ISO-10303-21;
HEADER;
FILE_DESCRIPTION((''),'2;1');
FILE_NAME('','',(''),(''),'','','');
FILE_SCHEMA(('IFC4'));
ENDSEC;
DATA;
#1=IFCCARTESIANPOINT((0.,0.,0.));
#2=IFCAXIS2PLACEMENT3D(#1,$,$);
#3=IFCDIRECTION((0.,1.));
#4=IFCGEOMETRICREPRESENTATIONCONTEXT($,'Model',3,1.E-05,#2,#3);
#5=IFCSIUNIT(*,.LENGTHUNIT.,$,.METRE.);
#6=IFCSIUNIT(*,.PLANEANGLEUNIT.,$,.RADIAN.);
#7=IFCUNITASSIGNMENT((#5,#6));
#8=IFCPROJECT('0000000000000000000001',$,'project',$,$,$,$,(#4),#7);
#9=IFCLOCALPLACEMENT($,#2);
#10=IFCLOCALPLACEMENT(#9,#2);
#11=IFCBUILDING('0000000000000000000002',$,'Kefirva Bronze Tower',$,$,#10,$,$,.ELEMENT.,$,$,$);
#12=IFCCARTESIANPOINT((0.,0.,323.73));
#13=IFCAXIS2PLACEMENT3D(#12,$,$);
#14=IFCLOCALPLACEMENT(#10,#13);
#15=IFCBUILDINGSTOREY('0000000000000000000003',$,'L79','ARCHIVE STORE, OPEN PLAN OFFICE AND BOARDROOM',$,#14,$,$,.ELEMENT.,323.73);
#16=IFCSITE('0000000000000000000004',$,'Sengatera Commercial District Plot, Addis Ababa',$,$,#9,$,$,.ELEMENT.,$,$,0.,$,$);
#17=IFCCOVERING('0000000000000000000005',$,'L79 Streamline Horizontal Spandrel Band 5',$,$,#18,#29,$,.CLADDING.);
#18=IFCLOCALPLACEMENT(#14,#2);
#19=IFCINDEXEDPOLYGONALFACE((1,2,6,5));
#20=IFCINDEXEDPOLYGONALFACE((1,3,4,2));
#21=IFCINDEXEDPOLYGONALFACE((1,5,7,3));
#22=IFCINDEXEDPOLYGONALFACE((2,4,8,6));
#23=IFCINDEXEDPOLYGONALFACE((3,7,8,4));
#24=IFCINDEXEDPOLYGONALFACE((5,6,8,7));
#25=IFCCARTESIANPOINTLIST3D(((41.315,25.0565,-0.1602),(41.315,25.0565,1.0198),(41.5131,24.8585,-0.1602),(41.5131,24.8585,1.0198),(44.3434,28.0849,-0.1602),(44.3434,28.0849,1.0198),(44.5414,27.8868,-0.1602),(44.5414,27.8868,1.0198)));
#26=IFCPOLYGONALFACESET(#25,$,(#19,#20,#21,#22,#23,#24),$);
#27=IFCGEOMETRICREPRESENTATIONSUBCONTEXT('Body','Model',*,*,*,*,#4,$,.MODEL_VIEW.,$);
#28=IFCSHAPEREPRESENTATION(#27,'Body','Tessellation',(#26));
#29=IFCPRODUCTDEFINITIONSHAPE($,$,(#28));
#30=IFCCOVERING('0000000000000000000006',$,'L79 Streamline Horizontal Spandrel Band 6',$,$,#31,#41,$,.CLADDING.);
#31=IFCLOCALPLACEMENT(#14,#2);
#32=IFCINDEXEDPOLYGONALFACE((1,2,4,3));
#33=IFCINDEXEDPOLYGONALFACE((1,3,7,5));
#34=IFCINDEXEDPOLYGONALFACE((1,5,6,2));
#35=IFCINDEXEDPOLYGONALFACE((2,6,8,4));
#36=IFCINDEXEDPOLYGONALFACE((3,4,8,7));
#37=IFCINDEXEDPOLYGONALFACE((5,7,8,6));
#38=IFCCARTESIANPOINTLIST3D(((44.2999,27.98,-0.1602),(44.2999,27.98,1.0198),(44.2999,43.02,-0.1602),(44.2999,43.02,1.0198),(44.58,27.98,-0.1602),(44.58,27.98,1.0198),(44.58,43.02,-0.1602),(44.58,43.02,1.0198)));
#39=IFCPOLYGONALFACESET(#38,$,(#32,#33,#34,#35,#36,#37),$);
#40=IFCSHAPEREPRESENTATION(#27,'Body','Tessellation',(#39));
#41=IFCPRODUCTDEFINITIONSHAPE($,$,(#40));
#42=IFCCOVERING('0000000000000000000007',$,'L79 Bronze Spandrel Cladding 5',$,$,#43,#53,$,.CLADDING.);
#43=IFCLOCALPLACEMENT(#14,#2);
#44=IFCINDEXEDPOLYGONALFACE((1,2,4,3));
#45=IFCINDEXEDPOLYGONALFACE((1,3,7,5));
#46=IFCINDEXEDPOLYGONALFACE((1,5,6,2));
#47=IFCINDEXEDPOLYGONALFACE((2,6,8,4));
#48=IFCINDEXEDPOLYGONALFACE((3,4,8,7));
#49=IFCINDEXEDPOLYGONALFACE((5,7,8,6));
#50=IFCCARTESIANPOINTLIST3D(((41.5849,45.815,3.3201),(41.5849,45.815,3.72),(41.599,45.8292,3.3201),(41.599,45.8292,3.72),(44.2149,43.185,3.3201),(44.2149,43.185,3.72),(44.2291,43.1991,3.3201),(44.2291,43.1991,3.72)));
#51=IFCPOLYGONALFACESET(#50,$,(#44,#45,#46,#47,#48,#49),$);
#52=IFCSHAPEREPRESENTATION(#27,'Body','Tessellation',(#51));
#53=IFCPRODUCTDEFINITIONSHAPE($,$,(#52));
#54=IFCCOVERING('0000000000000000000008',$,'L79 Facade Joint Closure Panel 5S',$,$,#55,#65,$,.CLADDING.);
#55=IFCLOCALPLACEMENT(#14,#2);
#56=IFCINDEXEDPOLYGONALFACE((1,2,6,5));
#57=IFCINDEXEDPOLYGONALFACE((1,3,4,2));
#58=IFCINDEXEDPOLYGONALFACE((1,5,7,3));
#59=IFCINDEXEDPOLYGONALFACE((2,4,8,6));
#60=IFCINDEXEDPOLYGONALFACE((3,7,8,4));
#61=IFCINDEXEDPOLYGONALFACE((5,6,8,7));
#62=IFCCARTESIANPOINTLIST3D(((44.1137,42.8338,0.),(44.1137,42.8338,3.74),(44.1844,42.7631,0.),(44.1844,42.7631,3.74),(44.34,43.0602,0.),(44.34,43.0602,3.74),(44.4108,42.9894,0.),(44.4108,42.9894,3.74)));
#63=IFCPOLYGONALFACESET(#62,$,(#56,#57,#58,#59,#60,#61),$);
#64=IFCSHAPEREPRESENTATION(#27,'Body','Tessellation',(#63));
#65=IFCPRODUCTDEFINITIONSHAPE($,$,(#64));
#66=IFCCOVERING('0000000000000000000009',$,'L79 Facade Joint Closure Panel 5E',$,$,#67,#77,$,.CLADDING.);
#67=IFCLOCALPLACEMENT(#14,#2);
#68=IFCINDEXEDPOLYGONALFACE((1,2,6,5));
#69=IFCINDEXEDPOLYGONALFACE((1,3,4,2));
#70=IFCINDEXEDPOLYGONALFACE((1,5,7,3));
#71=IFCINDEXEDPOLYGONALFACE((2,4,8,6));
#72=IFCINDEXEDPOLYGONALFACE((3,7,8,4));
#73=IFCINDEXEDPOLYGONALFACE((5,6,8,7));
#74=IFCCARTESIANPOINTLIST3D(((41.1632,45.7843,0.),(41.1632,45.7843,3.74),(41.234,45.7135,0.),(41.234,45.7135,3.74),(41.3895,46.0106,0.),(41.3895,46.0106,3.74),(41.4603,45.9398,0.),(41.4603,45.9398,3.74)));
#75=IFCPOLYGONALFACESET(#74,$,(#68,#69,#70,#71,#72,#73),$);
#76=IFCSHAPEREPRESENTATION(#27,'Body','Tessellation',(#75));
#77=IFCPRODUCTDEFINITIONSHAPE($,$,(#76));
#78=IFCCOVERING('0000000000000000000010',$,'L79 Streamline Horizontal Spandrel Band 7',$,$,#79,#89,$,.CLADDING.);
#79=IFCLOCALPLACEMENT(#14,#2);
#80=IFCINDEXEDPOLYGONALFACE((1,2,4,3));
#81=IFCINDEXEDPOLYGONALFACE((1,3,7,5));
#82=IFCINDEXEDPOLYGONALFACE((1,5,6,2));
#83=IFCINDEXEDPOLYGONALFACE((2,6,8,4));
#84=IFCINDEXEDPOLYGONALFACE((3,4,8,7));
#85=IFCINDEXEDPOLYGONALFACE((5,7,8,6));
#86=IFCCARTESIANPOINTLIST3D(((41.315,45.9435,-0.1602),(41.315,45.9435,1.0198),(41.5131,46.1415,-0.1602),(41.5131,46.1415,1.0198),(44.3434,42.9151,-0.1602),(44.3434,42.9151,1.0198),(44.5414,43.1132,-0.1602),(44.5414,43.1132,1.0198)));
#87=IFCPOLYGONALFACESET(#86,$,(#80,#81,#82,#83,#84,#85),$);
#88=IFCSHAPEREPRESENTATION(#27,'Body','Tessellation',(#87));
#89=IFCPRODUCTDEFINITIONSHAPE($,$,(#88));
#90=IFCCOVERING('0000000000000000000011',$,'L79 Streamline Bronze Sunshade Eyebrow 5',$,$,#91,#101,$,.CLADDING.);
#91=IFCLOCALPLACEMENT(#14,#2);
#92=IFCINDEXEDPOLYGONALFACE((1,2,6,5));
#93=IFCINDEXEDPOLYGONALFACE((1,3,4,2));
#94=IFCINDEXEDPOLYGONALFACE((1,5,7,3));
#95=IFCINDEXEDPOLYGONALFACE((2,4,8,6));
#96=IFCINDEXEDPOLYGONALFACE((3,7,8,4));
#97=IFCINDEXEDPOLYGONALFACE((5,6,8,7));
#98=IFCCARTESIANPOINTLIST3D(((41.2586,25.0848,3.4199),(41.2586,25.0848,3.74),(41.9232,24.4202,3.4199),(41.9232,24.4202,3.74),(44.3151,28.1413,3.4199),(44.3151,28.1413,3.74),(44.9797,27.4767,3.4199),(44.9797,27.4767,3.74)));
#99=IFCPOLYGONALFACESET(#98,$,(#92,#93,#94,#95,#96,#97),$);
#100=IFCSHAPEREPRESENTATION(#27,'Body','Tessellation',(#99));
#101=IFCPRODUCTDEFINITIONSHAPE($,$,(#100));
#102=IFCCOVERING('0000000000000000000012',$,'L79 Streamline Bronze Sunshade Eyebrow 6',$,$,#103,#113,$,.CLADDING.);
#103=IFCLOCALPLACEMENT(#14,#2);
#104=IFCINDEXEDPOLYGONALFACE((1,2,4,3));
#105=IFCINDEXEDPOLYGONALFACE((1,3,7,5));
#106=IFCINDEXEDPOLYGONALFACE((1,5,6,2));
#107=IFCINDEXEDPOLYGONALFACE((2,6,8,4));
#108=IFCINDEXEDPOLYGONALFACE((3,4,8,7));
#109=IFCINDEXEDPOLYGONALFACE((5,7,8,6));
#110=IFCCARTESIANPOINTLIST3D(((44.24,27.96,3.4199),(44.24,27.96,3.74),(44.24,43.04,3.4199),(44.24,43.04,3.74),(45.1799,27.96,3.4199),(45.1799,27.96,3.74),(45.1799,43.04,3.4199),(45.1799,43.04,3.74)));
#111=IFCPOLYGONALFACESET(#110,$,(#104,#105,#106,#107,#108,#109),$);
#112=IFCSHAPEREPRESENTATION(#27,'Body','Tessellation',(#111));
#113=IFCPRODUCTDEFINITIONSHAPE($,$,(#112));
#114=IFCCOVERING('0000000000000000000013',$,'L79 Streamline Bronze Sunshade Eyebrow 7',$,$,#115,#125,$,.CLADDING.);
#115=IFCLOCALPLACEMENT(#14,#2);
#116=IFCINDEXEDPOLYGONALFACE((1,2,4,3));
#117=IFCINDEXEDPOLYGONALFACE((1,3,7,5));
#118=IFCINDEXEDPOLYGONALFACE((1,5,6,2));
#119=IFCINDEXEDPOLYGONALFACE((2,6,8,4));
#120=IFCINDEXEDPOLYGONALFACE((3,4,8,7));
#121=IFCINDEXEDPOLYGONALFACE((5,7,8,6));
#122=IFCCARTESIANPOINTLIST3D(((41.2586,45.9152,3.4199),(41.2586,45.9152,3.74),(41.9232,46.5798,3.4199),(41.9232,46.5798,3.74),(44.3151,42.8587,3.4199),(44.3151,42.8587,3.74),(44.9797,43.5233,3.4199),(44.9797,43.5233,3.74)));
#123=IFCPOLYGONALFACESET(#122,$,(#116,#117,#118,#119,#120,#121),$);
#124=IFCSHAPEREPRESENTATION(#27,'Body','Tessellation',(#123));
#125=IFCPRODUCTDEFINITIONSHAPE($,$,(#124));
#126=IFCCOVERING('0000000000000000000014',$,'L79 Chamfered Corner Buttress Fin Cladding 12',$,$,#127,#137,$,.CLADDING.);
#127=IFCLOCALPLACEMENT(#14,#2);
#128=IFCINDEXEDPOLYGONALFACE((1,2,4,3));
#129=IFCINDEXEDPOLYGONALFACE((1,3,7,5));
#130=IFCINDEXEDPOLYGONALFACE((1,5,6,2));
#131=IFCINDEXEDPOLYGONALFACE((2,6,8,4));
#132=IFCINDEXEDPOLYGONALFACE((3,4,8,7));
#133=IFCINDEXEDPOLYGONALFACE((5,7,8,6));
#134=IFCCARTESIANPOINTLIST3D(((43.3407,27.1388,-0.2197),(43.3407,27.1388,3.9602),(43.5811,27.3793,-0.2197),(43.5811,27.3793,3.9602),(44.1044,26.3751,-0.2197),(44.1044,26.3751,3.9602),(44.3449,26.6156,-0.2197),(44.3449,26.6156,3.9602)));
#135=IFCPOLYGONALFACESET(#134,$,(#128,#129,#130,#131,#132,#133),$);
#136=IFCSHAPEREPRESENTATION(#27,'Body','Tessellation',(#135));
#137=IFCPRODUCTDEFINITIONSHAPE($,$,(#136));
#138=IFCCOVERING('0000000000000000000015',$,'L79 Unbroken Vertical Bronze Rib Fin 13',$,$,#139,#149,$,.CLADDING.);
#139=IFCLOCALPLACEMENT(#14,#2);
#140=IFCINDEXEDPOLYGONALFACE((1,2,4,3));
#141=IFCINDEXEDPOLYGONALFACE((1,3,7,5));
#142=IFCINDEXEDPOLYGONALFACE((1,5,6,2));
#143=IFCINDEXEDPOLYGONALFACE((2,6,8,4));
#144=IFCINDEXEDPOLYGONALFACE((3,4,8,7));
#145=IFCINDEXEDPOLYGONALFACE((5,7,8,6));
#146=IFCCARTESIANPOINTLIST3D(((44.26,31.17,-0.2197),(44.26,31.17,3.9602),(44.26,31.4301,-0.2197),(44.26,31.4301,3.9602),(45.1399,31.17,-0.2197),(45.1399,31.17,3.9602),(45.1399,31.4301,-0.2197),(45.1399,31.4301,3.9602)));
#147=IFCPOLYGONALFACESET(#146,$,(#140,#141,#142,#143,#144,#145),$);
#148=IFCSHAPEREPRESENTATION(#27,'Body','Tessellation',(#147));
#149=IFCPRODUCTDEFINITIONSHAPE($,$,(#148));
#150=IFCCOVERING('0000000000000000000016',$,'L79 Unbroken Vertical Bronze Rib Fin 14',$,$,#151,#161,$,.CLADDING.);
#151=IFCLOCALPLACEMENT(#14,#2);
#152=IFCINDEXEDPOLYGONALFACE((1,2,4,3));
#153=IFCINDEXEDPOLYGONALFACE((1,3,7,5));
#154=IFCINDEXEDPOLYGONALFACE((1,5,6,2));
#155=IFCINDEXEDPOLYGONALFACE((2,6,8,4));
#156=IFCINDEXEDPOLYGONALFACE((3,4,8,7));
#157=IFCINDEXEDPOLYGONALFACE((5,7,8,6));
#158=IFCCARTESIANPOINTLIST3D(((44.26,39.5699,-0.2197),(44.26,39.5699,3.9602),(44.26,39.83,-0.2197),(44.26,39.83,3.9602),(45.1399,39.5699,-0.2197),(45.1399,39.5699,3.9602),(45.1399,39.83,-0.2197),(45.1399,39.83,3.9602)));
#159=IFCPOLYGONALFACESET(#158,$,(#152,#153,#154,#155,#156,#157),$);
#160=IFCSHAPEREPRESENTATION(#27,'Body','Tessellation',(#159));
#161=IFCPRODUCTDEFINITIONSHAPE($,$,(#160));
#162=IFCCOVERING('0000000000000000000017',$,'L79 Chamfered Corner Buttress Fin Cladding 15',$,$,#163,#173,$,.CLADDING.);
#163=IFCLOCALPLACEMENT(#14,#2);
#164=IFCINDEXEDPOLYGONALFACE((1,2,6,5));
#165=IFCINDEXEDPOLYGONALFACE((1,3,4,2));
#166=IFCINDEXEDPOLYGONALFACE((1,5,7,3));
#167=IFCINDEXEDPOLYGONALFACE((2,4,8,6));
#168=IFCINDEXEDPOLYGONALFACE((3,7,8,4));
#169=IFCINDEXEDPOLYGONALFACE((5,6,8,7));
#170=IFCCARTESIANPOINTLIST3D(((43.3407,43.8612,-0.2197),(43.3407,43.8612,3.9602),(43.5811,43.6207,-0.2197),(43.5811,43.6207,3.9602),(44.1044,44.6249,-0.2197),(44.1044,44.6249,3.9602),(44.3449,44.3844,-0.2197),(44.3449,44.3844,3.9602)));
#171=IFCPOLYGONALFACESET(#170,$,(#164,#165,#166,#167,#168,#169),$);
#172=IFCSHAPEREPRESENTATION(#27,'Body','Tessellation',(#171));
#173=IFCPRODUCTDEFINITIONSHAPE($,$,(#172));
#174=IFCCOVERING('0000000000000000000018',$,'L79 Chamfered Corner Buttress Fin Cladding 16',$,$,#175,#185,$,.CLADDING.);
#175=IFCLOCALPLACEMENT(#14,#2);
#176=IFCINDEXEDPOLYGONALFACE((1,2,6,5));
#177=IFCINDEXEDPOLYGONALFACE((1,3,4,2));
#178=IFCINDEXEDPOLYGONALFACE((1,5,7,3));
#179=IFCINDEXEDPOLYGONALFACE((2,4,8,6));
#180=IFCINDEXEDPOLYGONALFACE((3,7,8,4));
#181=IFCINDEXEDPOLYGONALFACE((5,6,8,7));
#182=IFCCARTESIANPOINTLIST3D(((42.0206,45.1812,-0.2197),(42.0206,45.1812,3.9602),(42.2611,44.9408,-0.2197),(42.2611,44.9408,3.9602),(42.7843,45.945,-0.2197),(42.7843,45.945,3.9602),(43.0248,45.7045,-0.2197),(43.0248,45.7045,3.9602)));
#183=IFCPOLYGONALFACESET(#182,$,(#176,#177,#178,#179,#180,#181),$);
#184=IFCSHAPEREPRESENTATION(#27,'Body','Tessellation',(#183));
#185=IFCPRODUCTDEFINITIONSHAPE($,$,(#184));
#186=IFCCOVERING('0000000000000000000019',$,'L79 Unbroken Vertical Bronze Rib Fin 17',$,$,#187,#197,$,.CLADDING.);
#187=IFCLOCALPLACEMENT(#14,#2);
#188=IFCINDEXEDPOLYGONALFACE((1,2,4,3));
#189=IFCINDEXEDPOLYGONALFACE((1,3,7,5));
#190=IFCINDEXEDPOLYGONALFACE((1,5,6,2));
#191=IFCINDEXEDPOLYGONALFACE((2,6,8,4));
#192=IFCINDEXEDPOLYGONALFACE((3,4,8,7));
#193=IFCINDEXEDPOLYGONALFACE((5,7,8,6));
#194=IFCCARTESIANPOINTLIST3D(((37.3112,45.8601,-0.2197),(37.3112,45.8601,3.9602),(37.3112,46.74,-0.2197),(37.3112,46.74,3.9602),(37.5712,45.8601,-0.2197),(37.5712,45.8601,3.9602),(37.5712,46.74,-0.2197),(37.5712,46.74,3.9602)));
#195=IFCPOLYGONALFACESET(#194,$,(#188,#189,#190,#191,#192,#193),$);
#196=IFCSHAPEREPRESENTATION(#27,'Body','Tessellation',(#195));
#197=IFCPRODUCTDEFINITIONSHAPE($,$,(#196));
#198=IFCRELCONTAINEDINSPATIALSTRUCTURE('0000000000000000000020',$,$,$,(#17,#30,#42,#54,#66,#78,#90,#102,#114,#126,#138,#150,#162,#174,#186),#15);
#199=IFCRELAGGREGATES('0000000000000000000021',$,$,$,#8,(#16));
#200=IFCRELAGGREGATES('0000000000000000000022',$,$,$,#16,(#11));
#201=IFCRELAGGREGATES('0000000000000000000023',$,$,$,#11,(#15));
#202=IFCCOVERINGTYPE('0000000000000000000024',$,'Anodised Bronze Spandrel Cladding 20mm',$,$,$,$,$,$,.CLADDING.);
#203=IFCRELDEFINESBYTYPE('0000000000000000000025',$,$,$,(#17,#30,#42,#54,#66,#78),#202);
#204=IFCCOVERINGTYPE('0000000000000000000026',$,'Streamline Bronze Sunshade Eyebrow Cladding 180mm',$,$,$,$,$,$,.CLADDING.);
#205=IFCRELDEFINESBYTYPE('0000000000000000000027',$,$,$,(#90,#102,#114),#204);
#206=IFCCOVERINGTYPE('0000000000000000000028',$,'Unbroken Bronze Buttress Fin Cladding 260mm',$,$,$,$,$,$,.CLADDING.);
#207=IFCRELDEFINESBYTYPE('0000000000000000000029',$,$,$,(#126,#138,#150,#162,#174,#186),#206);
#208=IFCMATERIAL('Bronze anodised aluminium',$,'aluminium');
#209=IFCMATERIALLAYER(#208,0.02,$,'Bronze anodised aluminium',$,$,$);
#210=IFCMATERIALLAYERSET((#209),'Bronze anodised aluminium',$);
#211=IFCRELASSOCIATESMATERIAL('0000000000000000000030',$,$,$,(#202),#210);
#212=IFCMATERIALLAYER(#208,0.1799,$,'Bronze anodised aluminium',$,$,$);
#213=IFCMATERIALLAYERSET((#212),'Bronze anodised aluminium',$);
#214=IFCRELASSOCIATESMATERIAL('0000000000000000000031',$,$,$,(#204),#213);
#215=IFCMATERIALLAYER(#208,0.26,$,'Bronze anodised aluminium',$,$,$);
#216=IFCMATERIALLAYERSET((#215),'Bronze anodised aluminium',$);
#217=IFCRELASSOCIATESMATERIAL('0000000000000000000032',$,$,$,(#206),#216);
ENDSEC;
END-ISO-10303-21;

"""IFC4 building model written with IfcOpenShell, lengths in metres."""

from ifc_helpers import new_model, si_unit, direction, frame, origin, origin_2d, place, context, subcontext, project, spatial, rectangle, extrude, material, layer, layer_set, type_object, element, save


model = new_model("IFC4")

# Units and contexts
model_context = context("Model", 3, precision=1e-05, world=origin(), true_north=direction((0.0, 1.0)))
body_context = subcontext(model_context, "Body", "Model", "MODEL_VIEW")
ifc_project = project(units=[si_unit("LENGTHUNIT", "METRE"), si_unit("PLANEANGLEUNIT", "RADIAN")], contexts=[model_context])

# Site, building, storey
site_placement = place(None, origin())
site = spatial("IfcSite", under=ifc_project, at=site_placement, Name="Sengatera Commercial District Plot, Addis Ababa", CompositionType="ELEMENT", RefElevation=0.0)
building_placement = place(site_placement, origin())
building = spatial("IfcBuilding", under=site, at=building_placement, Name="Kefirva Bronze Tower", CompositionType="ELEMENT")
storey_placement = place(building_placement, frame((0.0, 0.0, 323.73)))
storey = spatial("IfcBuildingStorey", under=building, at=storey_placement, Name="L79", Description="ARCHIVE STORE, OPEN PLAN OFFICE AND BOARDROOM", CompositionType="ELEMENT", Elevation=323.73)

# Shared definitions
ifc_material_1 = material(Name="Bronze anodised aluminium", Category="aluminium")

# Coverings
ifc_layer_1 = layer(ifc_material_1, 0.02, Name="Bronze anodised aluminium")
ifc_layer_set_1 = layer_set([ifc_layer_1], Name="Bronze anodised aluminium")
covering_type_1 = type_object("IfcCoveringType", Name="Anodised Bronze Spandrel Cladding 20mm", PredefinedType="CLADDING", material=ifc_layer_set_1)
covering_1_placement = place(storey_placement, frame((42.9282, 26.4717, -0.1602), z_axis=(0.0, 0.0, 1.0), x_axis=(0.707107, 0.707107, 0.0)))
element("IfcCovering", 1, at=covering_1_placement, inside=storey, type_object=covering_type_1, Name="L79 Streamline Horizontal Spandrel Band 5", PredefinedType="CLADDING", context=body_context, shape_type="SweptSolid", body=[
    extrude(rectangle(XDim=4.2827, YDim=0.28, at=origin_2d()), origin(), (0.0, 0.0, 1.0), 1.1799),
])
covering_2_placement = place(storey_placement, frame((44.4399, 35.5, -0.1602), z_axis=(0.0, 0.0, 1.0), x_axis=(0.0, 1.0, 0.0)))
element("IfcCovering", 2, at=covering_2_placement, inside=storey, type_object=covering_type_1, Name="L79 Streamline Horizontal Spandrel Band 6", PredefinedType="CLADDING", context=body_context, shape_type="SweptSolid", body=[
    extrude(rectangle(XDim=15.04, YDim=0.28, at=origin_2d()), origin(), (0.0, 0.0, 1.0), 1.1799),
])
covering_3_placement = place(storey_placement, frame((42.907, 44.5071, 3.3201), z_axis=(0.0, 0.0, 1.0), x_axis=(-0.707107, 0.707107, 0.0)))
element("IfcCovering", 3, at=covering_3_placement, inside=storey, type_object=covering_type_1, Name="L79 Bronze Spandrel Cladding 5", PredefinedType="CLADDING", context=body_context, shape_type="SweptSolid", body=[
    extrude(rectangle(XDim=3.7195, YDim=0.02, at=origin_2d()), origin(), (0.0, 0.0, 1.0), 0.3999),
])
for number, where, z_axis, x_axis, name in (
    (4, (44.2622, 42.9116, 0.0), (0.0, 0.0, 1.0), (-0.707107, 0.707107, 0.0), "L79 Facade Joint Closure Panel 5S"),
    (5, (41.3118, 45.8621, 0.0), (0.0, 0.0, 1.0), (-0.707107, 0.707107, 0.0), "L79 Facade Joint Closure Panel 5E"),
):
    element("IfcCovering", number, at=place(storey_placement, frame(where, z_axis=z_axis, x_axis=x_axis)), inside=storey, type_object=covering_type_1, Name=name, PredefinedType="CLADDING", context=body_context, shape_type="SweptSolid", body=[
        extrude(rectangle(XDim=0.1001, YDim=0.3201, at=origin_2d()), origin(), (0.0, 0.0, 1.0), 3.74),
    ])
covering_4_placement = place(storey_placement, frame((42.9282, 44.5283, -0.1602), z_axis=(0.0, 0.0, 1.0), x_axis=(-0.707107, 0.707107, 0.0)))
element("IfcCovering", 6, at=covering_4_placement, inside=storey, type_object=covering_type_1, Name="L79 Streamline Horizontal Spandrel Band 7", PredefinedType="CLADDING", context=body_context, shape_type="SweptSolid", body=[
    extrude(rectangle(XDim=4.2827, YDim=0.28, at=origin_2d()), origin(), (0.0, 0.0, 1.0), 1.1799),
])
ifc_layer_2 = layer(ifc_material_1, 0.1799, Name="Bronze anodised aluminium")
ifc_layer_set_2 = layer_set([ifc_layer_2], Name="Bronze anodised aluminium")
covering_type_2 = type_object("IfcCoveringType", Name="Streamline Bronze Sunshade Eyebrow Cladding 180mm", PredefinedType="CLADDING", material=ifc_layer_set_2)
covering_5_placement = place(storey_placement, frame((43.1191, 26.2808, 3.4199), z_axis=(0.0, 0.0, 1.0), x_axis=(0.707107, 0.707107, 0.0)))
element("IfcCovering", 7, at=covering_5_placement, inside=storey, type_object=covering_type_2, Name="L79 Streamline Bronze Sunshade Eyebrow 5", PredefinedType="CLADDING", context=body_context, shape_type="SweptSolid", body=[
    extrude(rectangle(XDim=4.3225, YDim=0.9399, at=origin_2d()), origin(), (0.0, 0.0, 1.0), 0.3201),
])
covering_6_placement = place(storey_placement, frame((44.71, 35.5, 3.4199), z_axis=(0.0, 0.0, 1.0), x_axis=(0.0, 1.0, 0.0)))
element("IfcCovering", 8, at=covering_6_placement, inside=storey, type_object=covering_type_2, Name="L79 Streamline Bronze Sunshade Eyebrow 6", PredefinedType="CLADDING", context=body_context, shape_type="SweptSolid", body=[
    extrude(rectangle(XDim=15.0801, YDim=0.9399, at=origin_2d()), origin(), (0.0, 0.0, 1.0), 0.3201),
])
covering_7_placement = place(storey_placement, frame((43.1191, 44.7192, 3.4199), z_axis=(0.0, 0.0, 1.0), x_axis=(-0.707107, 0.707107, 0.0)))
element("IfcCovering", 9, at=covering_7_placement, inside=storey, type_object=covering_type_2, Name="L79 Streamline Bronze Sunshade Eyebrow 7", PredefinedType="CLADDING", context=body_context, shape_type="SweptSolid", body=[
    extrude(rectangle(XDim=4.3225, YDim=0.9399, at=origin_2d()), origin(), (0.0, 0.0, 1.0), 0.3201),
])
ifc_layer_3 = layer(ifc_material_1, 0.26, Name="Bronze anodised aluminium")
ifc_layer_set_3 = layer_set([ifc_layer_3], Name="Bronze anodised aluminium")
covering_type_3 = type_object("IfcCoveringType", Name="Unbroken Bronze Buttress Fin Cladding 260mm", PredefinedType="CLADDING", material=ifc_layer_set_3)
covering_8_placement = place(storey_placement, frame((43.8428, 26.8772, -0.2197), z_axis=(0.0, 0.0, 1.0), x_axis=(0.707107, 0.707107, 0.0)))
element("IfcCovering", 10, at=covering_8_placement, inside=storey, type_object=covering_type_3, Name="L79 Chamfered Corner Buttress Fin Cladding 12", PredefinedType="CLADDING", context=body_context, shape_type="SweptSolid", body=[
    extrude(rectangle(XDim=0.3401, YDim=1.0801, at=origin_2d()), origin(), (0.0, 0.0, 1.0), 4.1799),
])
for number, where, z_axis, x_axis, name in (
    (11, (44.7, 31.3, -0.2197), (0.0, 0.0, 1.0), (0.0, 1.0, 0.0), "L79 Unbroken Vertical Bronze Rib Fin 13"),
    (12, (44.7, 39.7, -0.2197), (0.0, 0.0, 1.0), (0.0, 1.0, 0.0), "L79 Unbroken Vertical Bronze Rib Fin 14"),
):
    element("IfcCovering", number, at=place(storey_placement, frame(where, z_axis=z_axis, x_axis=x_axis)), inside=storey, type_object=covering_type_3, Name=name, PredefinedType="CLADDING", context=body_context, shape_type="SweptSolid", body=[
        extrude(rectangle(XDim=0.26, YDim=0.8799, at=origin_2d()), origin(), (0.0, 0.0, 1.0), 4.1799),
    ])
for number, where, z_axis, x_axis, name in (
    (13, (43.8428, 44.1228, -0.2197), (0.0, 0.0, 1.0), (-0.707107, 0.707107, 0.0), "L79 Chamfered Corner Buttress Fin Cladding 15"),
    (14, (42.5227, 45.4429, -0.2197), (0.0, 0.0, 1.0), (-0.707107, 0.707107, 0.0), "L79 Chamfered Corner Buttress Fin Cladding 16"),
):
    element("IfcCovering", number, at=place(storey_placement, frame(where, z_axis=z_axis, x_axis=x_axis)), inside=storey, type_object=covering_type_3, Name=name, PredefinedType="CLADDING", context=body_context, shape_type="SweptSolid", body=[
        extrude(rectangle(XDim=0.3401, YDim=1.0801, at=origin_2d()), origin(), (0.0, 0.0, 1.0), 4.1799),
    ])
covering_9_placement = place(storey_placement, frame((37.4412, 46.3, -0.2197), z_axis=(0.0, 0.0, 1.0), x_axis=(-1.0, 0.0, 0.0)))
element("IfcCovering", 15, at=covering_9_placement, inside=storey, type_object=covering_type_3, Name="L79 Unbroken Vertical Bronze Rib Fin 17", PredefinedType="CLADDING", context=body_context, shape_type="SweptSolid", body=[
    extrude(rectangle(XDim=0.26, YDim=0.8799, at=origin_2d()), origin(), (0.0, 0.0, 1.0), 4.1799),
])

save(model, "model.ifc")
